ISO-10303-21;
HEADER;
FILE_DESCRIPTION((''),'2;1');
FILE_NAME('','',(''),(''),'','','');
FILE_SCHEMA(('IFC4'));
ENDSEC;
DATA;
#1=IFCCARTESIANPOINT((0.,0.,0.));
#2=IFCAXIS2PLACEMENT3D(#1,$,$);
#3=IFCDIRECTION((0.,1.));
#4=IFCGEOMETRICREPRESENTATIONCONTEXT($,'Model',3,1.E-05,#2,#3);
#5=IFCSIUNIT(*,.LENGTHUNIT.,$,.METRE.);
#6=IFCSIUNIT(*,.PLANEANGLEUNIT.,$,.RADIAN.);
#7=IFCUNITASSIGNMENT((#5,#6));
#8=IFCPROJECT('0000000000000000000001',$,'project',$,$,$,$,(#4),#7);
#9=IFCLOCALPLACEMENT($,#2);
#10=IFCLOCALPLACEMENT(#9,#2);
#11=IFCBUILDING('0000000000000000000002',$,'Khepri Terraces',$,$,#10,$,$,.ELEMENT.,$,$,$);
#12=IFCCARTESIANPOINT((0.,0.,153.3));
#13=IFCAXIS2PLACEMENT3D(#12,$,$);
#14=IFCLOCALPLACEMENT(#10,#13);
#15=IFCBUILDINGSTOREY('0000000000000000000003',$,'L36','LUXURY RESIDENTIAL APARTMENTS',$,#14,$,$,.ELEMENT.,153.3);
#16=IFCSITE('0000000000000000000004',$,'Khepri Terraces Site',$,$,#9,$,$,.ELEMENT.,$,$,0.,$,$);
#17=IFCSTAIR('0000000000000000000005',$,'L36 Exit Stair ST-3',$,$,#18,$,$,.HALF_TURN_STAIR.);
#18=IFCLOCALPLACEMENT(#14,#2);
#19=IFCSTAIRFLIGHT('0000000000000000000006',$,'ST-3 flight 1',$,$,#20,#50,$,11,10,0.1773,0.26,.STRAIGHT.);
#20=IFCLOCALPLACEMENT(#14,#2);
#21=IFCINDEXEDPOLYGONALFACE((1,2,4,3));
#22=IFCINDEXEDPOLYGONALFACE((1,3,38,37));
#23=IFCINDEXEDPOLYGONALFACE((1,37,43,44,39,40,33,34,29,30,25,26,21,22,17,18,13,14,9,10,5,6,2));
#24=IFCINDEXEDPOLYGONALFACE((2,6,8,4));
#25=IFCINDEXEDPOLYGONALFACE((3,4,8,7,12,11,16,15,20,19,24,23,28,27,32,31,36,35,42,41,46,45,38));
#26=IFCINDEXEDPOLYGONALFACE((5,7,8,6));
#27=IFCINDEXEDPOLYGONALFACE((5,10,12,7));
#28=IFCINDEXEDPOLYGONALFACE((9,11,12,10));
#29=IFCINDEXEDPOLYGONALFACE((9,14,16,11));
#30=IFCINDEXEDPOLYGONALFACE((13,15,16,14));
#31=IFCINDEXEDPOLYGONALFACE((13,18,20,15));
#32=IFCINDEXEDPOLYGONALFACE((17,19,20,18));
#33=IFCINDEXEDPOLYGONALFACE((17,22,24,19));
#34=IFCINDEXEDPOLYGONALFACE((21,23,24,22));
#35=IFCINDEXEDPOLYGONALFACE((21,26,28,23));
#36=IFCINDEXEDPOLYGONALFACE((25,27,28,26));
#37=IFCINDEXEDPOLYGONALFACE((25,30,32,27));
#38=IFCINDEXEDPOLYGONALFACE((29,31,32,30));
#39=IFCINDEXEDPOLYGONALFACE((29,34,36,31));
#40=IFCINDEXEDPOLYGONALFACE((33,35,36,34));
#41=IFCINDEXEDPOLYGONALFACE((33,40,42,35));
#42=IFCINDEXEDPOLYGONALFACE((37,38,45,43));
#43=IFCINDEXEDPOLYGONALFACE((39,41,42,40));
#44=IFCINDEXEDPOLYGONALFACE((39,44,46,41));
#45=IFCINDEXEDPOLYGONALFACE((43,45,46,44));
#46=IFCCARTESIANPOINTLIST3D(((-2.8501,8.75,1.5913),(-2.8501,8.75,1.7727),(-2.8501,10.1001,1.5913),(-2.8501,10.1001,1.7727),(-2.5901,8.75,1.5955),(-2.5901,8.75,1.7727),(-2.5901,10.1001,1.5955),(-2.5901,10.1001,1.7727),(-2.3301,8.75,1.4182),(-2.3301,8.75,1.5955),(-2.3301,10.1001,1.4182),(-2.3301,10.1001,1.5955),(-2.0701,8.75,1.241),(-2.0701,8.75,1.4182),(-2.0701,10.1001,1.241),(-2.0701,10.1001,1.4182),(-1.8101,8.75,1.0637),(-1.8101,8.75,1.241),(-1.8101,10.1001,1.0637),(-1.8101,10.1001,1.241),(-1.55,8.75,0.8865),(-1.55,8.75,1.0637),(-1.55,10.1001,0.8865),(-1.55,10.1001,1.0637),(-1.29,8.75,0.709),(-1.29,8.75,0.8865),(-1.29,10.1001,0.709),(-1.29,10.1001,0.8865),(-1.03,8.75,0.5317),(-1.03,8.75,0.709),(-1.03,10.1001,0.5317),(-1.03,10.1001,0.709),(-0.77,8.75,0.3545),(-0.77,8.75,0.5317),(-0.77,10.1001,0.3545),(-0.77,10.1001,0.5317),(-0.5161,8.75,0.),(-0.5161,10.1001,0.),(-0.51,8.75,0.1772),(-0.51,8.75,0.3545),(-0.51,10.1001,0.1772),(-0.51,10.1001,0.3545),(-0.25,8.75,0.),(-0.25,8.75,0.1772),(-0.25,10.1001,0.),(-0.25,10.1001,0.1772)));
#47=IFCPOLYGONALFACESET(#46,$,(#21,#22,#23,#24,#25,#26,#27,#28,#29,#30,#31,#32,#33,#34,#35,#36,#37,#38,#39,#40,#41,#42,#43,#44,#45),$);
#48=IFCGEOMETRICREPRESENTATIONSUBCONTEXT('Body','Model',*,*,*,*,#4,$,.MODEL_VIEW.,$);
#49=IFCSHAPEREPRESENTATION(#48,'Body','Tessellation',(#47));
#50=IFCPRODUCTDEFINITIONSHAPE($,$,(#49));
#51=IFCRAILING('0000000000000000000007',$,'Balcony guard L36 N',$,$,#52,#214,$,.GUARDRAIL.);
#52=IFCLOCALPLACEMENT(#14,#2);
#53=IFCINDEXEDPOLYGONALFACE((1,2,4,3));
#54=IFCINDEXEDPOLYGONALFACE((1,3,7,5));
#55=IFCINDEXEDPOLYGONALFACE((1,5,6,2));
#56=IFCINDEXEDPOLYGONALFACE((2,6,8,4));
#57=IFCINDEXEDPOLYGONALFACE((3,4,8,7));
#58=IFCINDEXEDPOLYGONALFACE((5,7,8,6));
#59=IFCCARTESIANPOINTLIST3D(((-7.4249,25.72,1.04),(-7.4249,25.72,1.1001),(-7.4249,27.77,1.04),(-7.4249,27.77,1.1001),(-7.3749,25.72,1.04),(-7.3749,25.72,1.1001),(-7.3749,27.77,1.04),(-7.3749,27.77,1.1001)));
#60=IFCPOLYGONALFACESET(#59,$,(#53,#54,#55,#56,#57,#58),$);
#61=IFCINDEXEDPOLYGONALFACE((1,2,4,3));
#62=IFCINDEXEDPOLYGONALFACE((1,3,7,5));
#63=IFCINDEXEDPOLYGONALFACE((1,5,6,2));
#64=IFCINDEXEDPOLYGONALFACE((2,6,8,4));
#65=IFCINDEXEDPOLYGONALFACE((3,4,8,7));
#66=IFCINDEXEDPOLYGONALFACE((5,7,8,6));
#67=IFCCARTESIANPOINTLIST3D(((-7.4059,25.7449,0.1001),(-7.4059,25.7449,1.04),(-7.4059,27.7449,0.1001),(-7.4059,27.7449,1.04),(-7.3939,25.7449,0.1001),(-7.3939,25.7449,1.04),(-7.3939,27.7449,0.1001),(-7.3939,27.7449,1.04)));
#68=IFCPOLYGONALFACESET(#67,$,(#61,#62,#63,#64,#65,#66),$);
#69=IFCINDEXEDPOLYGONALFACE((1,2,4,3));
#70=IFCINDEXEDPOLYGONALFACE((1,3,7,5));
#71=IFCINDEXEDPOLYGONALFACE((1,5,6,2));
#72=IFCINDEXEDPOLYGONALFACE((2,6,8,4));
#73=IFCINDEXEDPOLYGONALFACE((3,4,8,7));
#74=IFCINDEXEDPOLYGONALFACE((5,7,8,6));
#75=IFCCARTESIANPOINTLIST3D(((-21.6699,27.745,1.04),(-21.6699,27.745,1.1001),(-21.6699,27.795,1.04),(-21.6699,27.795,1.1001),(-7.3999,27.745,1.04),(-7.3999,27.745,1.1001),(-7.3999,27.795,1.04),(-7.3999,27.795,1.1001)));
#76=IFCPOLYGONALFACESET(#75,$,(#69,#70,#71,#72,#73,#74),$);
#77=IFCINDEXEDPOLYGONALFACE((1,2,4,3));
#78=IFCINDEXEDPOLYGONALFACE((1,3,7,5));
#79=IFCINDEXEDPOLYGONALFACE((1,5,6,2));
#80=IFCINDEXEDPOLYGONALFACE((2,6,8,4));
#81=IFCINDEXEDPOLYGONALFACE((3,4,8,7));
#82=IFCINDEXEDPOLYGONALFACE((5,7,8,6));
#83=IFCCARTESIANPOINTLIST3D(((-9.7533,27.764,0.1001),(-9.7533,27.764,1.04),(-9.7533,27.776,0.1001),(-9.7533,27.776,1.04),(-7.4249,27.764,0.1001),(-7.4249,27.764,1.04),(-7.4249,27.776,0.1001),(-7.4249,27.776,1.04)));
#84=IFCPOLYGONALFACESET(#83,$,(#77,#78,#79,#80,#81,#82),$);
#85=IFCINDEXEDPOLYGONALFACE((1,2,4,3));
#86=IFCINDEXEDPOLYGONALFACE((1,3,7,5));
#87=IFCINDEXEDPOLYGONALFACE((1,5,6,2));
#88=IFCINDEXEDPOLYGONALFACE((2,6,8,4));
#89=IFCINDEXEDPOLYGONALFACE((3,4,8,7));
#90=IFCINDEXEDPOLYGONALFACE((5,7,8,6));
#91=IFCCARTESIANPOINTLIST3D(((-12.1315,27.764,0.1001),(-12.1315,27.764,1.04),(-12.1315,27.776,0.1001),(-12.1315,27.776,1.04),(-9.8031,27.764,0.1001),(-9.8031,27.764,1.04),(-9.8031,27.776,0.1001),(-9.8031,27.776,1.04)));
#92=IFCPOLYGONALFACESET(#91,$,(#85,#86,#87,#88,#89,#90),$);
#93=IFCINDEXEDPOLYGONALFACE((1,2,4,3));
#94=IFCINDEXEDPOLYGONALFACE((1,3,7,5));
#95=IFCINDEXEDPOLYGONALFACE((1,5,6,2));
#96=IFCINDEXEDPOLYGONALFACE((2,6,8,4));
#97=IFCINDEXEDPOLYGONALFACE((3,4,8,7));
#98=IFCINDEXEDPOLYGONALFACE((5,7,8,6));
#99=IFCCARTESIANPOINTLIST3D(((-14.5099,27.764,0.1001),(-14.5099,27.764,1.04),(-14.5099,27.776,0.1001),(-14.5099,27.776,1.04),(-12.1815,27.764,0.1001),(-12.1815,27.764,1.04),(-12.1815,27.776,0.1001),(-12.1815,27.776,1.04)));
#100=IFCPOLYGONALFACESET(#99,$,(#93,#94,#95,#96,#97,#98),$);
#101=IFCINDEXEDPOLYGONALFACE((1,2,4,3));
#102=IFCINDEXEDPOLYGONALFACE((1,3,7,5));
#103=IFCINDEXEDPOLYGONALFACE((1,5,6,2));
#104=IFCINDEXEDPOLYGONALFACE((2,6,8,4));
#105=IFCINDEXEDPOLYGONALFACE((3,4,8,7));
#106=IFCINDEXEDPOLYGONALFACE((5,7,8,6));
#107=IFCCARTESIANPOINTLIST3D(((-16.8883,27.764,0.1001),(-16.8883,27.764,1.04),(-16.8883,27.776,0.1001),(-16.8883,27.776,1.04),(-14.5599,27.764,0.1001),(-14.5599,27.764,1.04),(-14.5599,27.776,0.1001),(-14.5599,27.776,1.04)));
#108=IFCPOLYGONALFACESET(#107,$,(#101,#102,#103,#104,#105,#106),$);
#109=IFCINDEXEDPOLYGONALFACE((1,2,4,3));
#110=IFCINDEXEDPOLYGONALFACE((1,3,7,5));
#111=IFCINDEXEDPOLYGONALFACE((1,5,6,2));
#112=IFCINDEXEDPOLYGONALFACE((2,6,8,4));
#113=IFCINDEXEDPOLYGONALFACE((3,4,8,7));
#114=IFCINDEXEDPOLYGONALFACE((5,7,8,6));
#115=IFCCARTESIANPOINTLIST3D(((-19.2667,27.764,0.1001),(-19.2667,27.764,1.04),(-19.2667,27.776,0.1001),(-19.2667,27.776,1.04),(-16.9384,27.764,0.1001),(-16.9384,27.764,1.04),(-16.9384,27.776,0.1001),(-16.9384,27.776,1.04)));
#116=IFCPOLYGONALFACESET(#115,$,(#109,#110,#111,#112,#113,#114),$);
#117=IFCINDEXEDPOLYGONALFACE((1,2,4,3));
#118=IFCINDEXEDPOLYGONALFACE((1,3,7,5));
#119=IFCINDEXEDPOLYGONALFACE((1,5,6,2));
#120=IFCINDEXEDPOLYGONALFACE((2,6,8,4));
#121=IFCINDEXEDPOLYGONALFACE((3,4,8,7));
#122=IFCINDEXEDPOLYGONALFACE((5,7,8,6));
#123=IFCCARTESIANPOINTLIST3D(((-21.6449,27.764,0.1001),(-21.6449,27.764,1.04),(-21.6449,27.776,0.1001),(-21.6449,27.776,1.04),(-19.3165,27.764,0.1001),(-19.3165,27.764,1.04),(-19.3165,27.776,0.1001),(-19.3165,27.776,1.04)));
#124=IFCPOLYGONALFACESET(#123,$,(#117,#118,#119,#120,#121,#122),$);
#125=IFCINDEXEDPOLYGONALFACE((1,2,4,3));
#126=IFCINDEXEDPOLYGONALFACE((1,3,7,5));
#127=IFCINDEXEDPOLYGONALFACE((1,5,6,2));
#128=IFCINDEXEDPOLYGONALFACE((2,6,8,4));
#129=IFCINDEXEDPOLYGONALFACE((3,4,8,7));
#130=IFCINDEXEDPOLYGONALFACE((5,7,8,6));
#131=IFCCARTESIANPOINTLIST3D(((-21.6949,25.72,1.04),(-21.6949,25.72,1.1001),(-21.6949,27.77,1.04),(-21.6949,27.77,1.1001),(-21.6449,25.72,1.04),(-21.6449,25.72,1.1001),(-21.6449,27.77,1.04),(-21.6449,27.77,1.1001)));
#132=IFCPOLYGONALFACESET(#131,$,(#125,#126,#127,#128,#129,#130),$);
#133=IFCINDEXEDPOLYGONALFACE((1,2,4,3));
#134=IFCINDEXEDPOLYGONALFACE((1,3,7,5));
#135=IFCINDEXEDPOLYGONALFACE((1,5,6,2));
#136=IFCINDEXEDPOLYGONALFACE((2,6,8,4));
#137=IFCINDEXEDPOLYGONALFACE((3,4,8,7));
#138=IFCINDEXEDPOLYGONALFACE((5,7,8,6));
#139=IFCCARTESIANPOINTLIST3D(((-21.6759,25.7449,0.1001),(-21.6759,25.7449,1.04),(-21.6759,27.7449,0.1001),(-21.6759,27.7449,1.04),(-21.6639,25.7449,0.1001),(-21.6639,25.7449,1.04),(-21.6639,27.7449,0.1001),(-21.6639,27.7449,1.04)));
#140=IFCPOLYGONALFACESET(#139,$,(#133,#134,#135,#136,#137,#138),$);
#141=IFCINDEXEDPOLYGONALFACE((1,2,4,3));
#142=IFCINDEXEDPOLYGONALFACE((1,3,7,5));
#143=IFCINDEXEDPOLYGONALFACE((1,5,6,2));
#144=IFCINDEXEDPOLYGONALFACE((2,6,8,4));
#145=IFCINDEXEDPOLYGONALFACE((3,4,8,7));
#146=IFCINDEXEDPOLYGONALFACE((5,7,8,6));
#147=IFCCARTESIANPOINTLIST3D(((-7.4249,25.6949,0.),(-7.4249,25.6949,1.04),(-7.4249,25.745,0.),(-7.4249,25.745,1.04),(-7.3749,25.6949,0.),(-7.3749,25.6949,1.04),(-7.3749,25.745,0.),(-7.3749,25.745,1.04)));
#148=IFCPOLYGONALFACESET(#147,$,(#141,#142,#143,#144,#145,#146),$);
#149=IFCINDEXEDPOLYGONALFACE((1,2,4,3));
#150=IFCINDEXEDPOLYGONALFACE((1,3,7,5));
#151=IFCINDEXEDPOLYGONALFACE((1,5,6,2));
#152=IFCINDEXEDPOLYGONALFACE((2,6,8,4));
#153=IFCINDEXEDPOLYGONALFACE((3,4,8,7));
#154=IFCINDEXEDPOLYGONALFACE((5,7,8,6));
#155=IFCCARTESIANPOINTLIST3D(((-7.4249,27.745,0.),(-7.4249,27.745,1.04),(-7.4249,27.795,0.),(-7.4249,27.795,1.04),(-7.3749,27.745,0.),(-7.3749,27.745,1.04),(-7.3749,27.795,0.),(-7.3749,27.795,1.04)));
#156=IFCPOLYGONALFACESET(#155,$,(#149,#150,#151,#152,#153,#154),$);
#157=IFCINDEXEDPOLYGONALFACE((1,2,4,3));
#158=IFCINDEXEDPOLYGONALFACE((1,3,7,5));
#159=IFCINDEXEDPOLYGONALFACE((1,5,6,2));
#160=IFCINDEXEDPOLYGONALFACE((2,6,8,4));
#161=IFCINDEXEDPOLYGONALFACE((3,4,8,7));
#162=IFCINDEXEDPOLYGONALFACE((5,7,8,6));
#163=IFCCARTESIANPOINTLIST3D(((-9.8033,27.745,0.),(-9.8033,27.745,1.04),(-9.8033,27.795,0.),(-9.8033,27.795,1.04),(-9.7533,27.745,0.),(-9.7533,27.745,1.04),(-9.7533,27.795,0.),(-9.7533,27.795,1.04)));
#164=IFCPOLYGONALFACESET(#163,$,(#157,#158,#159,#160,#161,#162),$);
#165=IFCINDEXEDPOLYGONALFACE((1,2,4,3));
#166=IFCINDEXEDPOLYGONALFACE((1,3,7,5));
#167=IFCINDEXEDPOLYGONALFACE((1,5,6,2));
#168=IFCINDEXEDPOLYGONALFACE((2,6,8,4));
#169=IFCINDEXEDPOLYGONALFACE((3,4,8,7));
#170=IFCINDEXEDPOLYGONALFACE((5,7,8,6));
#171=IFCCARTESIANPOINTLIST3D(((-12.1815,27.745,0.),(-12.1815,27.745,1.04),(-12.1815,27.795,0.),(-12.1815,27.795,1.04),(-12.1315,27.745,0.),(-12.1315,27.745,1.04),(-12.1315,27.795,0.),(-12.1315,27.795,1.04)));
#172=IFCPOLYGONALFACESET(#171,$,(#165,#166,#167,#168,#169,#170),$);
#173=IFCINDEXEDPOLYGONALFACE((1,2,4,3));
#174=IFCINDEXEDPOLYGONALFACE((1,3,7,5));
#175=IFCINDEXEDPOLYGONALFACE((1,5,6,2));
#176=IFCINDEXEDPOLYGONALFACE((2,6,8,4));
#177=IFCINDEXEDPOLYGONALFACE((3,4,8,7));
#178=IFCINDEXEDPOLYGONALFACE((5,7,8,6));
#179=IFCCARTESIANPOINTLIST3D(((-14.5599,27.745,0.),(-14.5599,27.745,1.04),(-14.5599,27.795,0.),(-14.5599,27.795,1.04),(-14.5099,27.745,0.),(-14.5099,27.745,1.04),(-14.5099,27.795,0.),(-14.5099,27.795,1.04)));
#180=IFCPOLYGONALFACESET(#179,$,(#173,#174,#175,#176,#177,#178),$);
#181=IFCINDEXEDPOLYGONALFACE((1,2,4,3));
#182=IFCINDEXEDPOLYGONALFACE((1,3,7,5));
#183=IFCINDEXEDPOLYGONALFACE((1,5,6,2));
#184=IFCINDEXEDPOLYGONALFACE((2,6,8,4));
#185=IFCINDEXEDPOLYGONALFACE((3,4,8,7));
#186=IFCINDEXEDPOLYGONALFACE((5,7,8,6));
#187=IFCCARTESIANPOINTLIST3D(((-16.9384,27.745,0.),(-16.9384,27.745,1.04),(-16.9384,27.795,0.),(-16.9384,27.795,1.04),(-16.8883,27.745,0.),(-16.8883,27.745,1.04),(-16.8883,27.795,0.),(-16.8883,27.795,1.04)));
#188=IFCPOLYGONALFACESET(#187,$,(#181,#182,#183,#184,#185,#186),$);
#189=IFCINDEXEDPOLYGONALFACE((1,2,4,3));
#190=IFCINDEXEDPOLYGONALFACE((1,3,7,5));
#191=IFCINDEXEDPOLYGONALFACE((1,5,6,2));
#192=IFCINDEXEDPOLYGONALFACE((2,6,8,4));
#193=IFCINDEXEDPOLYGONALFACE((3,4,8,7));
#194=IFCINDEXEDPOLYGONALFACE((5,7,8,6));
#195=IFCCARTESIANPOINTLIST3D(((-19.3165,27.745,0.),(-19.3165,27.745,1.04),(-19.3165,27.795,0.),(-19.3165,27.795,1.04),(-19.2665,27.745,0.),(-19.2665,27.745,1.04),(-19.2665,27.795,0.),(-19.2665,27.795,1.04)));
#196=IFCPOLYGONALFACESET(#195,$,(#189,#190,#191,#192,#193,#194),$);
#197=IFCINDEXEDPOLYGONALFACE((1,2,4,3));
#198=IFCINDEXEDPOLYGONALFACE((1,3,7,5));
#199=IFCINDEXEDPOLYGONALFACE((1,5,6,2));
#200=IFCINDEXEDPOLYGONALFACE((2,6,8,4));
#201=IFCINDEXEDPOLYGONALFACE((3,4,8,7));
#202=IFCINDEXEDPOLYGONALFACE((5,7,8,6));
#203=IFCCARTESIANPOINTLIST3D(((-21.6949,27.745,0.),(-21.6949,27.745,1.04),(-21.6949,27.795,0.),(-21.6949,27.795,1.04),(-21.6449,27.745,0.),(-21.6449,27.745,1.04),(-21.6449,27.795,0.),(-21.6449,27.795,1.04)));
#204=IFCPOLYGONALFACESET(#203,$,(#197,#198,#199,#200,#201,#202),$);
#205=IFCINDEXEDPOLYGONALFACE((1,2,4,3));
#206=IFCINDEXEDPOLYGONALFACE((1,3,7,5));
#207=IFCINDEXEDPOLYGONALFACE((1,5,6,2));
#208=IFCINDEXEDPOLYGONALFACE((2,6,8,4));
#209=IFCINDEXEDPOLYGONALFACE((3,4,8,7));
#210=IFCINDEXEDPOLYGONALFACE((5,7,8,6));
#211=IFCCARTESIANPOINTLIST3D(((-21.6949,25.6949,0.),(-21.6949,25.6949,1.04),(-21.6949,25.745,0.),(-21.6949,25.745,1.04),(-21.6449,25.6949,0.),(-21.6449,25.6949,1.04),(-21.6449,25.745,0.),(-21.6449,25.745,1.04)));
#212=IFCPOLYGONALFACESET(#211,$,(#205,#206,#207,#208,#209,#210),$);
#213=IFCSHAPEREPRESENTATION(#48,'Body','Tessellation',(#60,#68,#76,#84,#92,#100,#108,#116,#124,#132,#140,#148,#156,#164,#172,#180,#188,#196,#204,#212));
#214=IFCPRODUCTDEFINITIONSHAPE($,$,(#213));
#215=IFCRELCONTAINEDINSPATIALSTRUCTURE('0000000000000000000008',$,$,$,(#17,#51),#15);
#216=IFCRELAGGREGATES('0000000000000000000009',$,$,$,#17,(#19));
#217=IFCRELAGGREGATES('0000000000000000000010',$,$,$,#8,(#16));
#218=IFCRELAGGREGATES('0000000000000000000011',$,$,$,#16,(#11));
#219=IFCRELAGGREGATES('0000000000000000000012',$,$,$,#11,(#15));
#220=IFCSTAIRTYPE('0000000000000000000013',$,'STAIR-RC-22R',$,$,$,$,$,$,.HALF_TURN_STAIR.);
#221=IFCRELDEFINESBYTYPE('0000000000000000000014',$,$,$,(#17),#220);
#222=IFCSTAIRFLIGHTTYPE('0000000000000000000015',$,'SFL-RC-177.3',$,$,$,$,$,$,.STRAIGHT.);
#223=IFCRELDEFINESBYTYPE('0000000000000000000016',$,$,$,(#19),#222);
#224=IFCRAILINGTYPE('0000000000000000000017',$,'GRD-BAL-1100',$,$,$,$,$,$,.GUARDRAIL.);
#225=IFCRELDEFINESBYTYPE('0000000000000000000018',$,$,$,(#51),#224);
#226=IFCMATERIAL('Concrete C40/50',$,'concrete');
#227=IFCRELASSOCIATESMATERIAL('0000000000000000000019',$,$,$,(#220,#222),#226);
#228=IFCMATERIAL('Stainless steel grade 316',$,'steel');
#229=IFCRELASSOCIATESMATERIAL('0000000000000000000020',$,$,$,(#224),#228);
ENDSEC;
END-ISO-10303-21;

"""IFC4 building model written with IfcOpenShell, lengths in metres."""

from ifc_helpers import new_model, si_unit, direction, frame, origin, origin_2d, place, context, subcontext, project, spatial, polyline, rectangle, outline, extrude, material, type_object, element, aggregate, save


model = new_model("IFC4")

# Units and contexts
model_context = context("Model", 3, precision=1e-05, world=origin(), true_north=direction((0.0, 1.0)))
body_context = subcontext(model_context, "Body", "Model", "MODEL_VIEW")
ifc_project = project(units=[si_unit("LENGTHUNIT", "METRE"), si_unit("PLANEANGLEUNIT", "RADIAN")], contexts=[model_context])

# Site, building, storey
site_placement = place(None, origin())
site = spatial("IfcSite", under=ifc_project, at=site_placement, Name="Khepri Terraces Site", CompositionType="ELEMENT", RefElevation=0.0)
building_placement = place(site_placement, origin())
building = spatial("IfcBuilding", under=site, at=building_placement, Name="Khepri Terraces", CompositionType="ELEMENT")
storey_placement = place(building_placement, frame((0.0, 0.0, 153.3)))
storey = spatial("IfcBuildingStorey", under=building, at=storey_placement, Name="L36", Description="LUXURY RESIDENTIAL APARTMENTS", CompositionType="ELEMENT", Elevation=153.3)

# Stair, stair flight
ifc_material_1 = material(Name="Concrete C40/50", Category="concrete")
stair_type = type_object("IfcStairType", Name="STAIR-RC-22R", PredefinedType="HALF_TURN_STAIR", material=ifc_material_1)
stair_placement = place(storey_placement, origin())
stair = element("IfcStair", 1, at=stair_placement, inside=storey, type_object=stair_type, Name="L36 Exit Stair ST-3", PredefinedType="HALF_TURN_STAIR")
stair_flight_type = type_object("IfcStairFlightType", Name="SFL-RC-177.3", PredefinedType="STRAIGHT", material=ifc_material_1)
stair_flight_placement = place(storey_placement, frame((-0.25, 9.425, 0.0), z_axis=(0.0, 0.0, 1.0), x_axis=(-1.0, 0.0, 0.0)))
stair_flight = element("IfcStairFlight", 2, at=stair_flight_placement, type_object=stair_flight_type, Name="ST-3 flight 1", NumberOfRisers=11, NumberOfTreads=10, PredefinedType="STRAIGHT", RiserHeight=0.1773, TreadLength=0.26, context=body_context, shape_type="SweptSolid", body=[
    extrude(outline(polyline([(0.0, 0.0), (0.0, 0.1772), (0.26, 0.1772), (0.26, 0.3545), (0.52, 0.3545), (0.52, 0.5317), (0.78, 0.5317), (0.78, 0.709), (1.04, 0.709), (1.04, 0.8865), (1.3, 0.8865), (1.3, 1.0637), (1.5601, 1.0637), (1.5601, 1.241), (1.8201, 1.241), (1.8201, 1.4182), (2.0801, 1.4182), (2.0801, 1.5955), (2.3401, 1.5955), (2.3401, 1.7727), (2.6001, 1.7727), (2.6001, 1.95), (2.6001, 1.5913), (0.2661, 0.0), (0.0, 0.0)])), frame((0.0, 0.675, 0.0), z_axis=(0.0, -1.0, 0.0), x_axis=(1.0, 0.0, 0.0)), (0.0, 0.0, 1.0), 1.3501),
])
aggregate(stair, [stair_flight])

# Railing
ifc_material_2 = material(Name="Stainless steel grade 316", Category="steel")
railing_type_1 = type_object("IfcRailingType", Name="GRD-BAL-1100", PredefinedType="GUARDRAIL", material=ifc_material_2)
railing_1_placement = place(storey_placement, frame((-7.3999, 25.72, 0.0)))
element("IfcRailing", 3, at=railing_1_placement, inside=storey, type_object=railing_type_1, Name="Balcony guard L36 N", PredefinedType="GUARDRAIL", context=body_context, shape_type="SweptSolid", body=[
    extrude(rectangle(XDim=0.05, YDim=0.0601, at=origin_2d()), frame((0.0, 0.0, 1.0701), z_axis=(0.0, 1.0, 0.0), x_axis=(-1.0, 0.0, 0.0)), (0.0, 0.0, 1.0), 2.05),
    extrude(rectangle(XDim=2.0, YDim=0.012, at=origin_2d()), frame((0.0, 1.0249, 0.1001), z_axis=(0.0, 0.0, 1.0), x_axis=(0.0, 1.0, 0.0)), (0.0, 0.0, 1.0), 0.9399),
    extrude(rectangle(XDim=0.05, YDim=0.0601, at=origin_2d()), frame((0.0, 2.05, 1.0701), z_axis=(-1.0, 0.0, 0.0), x_axis=(0.0, -1.0, 0.0)), (0.0, 0.0, 1.0), 14.27),
    extrude(rectangle(XDim=2.3284, YDim=0.012, at=origin_2d()), frame((-1.1892, 2.05, 0.1001), z_axis=(0.0, 0.0, 1.0), x_axis=(-1.0, 0.0, 0.0)), (0.0, 0.0, 1.0), 0.9399),
    extrude(rectangle(XDim=2.3284, YDim=0.012, at=origin_2d()), frame((-3.5674, 2.05, 0.1001), z_axis=(0.0, 0.0, 1.0), x_axis=(-1.0, 0.0, 0.0)), (0.0, 0.0, 1.0), 0.9399),
    extrude(rectangle(XDim=2.3284, YDim=0.012, at=origin_2d()), frame((-5.9458, 2.05, 0.1001), z_axis=(0.0, 0.0, 1.0), x_axis=(-1.0, 0.0, 0.0)), (0.0, 0.0, 1.0), 0.9399),
    extrude(rectangle(XDim=2.3284, YDim=0.012, at=origin_2d()), frame((-8.3242, 2.05, 0.1001), z_axis=(0.0, 0.0, 1.0), x_axis=(-1.0, 0.0, 0.0)), (0.0, 0.0, 1.0), 0.9399),
    extrude(rectangle(XDim=2.3284, YDim=0.012, at=origin_2d()), frame((-10.7026, 2.05, 0.1001), z_axis=(0.0, 0.0, 1.0), x_axis=(-1.0, 0.0, 0.0)), (0.0, 0.0, 1.0), 0.9399),
    extrude(rectangle(XDim=2.3284, YDim=0.012, at=origin_2d()), frame((-13.0808, 2.05, 0.1001), z_axis=(0.0, 0.0, 1.0), x_axis=(-1.0, 0.0, 0.0)), (0.0, 0.0, 1.0), 0.9399),
    extrude(rectangle(XDim=0.05, YDim=0.0601, at=origin_2d()), frame((-14.27, 2.05, 1.0701), z_axis=(0.0, -1.0, 0.0), x_axis=(1.0, 0.0, 0.0)), (0.0, 0.0, 1.0), 2.05),
    extrude(rectangle(XDim=2.0, YDim=0.012, at=origin_2d()), frame((-14.27, 1.0249, 0.1001), z_axis=(0.0, 0.0, 1.0), x_axis=(0.0, -1.0, 0.0)), (0.0, 0.0, 1.0), 0.9399),
    extrude(rectangle(XDim=0.05, YDim=0.05, at=origin_2d()), origin(), (0.0, 0.0, 1.0), 1.04),
    extrude(rectangle(XDim=0.05, YDim=0.05, at=origin_2d()), frame((0.0, 2.05, 0.0)), (0.0, 0.0, 1.0), 1.04),
    extrude(rectangle(XDim=0.05, YDim=0.05, at=origin_2d()), frame((-2.3784, 2.05, 0.0)), (0.0, 0.0, 1.0), 1.04),
    extrude(rectangle(XDim=0.05, YDim=0.05, at=origin_2d()), frame((-4.7566, 2.05, 0.0)), (0.0, 0.0, 1.0), 1.04),
    extrude(rectangle(XDim=0.05, YDim=0.05, at=origin_2d()), frame((-7.135, 2.05, 0.0)), (0.0, 0.0, 1.0), 1.04),
    extrude(rectangle(XDim=0.05, YDim=0.05, at=origin_2d()), frame((-9.5134, 2.05, 0.0)), (0.0, 0.0, 1.0), 1.04),
    extrude(rectangle(XDim=0.05, YDim=0.05, at=origin_2d()), frame((-11.8916, 2.05, 0.0)), (0.0, 0.0, 1.0), 1.04),
    extrude(rectangle(XDim=0.05, YDim=0.05, at=origin_2d()), frame((-14.27, 2.05, 0.0)), (0.0, 0.0, 1.0), 1.04),
    extrude(rectangle(XDim=0.05, YDim=0.05, at=origin_2d()), frame((-14.27, 0.0, 0.0)), (0.0, 0.0, 1.0), 1.04),
])

save(model, "model.ifc")
